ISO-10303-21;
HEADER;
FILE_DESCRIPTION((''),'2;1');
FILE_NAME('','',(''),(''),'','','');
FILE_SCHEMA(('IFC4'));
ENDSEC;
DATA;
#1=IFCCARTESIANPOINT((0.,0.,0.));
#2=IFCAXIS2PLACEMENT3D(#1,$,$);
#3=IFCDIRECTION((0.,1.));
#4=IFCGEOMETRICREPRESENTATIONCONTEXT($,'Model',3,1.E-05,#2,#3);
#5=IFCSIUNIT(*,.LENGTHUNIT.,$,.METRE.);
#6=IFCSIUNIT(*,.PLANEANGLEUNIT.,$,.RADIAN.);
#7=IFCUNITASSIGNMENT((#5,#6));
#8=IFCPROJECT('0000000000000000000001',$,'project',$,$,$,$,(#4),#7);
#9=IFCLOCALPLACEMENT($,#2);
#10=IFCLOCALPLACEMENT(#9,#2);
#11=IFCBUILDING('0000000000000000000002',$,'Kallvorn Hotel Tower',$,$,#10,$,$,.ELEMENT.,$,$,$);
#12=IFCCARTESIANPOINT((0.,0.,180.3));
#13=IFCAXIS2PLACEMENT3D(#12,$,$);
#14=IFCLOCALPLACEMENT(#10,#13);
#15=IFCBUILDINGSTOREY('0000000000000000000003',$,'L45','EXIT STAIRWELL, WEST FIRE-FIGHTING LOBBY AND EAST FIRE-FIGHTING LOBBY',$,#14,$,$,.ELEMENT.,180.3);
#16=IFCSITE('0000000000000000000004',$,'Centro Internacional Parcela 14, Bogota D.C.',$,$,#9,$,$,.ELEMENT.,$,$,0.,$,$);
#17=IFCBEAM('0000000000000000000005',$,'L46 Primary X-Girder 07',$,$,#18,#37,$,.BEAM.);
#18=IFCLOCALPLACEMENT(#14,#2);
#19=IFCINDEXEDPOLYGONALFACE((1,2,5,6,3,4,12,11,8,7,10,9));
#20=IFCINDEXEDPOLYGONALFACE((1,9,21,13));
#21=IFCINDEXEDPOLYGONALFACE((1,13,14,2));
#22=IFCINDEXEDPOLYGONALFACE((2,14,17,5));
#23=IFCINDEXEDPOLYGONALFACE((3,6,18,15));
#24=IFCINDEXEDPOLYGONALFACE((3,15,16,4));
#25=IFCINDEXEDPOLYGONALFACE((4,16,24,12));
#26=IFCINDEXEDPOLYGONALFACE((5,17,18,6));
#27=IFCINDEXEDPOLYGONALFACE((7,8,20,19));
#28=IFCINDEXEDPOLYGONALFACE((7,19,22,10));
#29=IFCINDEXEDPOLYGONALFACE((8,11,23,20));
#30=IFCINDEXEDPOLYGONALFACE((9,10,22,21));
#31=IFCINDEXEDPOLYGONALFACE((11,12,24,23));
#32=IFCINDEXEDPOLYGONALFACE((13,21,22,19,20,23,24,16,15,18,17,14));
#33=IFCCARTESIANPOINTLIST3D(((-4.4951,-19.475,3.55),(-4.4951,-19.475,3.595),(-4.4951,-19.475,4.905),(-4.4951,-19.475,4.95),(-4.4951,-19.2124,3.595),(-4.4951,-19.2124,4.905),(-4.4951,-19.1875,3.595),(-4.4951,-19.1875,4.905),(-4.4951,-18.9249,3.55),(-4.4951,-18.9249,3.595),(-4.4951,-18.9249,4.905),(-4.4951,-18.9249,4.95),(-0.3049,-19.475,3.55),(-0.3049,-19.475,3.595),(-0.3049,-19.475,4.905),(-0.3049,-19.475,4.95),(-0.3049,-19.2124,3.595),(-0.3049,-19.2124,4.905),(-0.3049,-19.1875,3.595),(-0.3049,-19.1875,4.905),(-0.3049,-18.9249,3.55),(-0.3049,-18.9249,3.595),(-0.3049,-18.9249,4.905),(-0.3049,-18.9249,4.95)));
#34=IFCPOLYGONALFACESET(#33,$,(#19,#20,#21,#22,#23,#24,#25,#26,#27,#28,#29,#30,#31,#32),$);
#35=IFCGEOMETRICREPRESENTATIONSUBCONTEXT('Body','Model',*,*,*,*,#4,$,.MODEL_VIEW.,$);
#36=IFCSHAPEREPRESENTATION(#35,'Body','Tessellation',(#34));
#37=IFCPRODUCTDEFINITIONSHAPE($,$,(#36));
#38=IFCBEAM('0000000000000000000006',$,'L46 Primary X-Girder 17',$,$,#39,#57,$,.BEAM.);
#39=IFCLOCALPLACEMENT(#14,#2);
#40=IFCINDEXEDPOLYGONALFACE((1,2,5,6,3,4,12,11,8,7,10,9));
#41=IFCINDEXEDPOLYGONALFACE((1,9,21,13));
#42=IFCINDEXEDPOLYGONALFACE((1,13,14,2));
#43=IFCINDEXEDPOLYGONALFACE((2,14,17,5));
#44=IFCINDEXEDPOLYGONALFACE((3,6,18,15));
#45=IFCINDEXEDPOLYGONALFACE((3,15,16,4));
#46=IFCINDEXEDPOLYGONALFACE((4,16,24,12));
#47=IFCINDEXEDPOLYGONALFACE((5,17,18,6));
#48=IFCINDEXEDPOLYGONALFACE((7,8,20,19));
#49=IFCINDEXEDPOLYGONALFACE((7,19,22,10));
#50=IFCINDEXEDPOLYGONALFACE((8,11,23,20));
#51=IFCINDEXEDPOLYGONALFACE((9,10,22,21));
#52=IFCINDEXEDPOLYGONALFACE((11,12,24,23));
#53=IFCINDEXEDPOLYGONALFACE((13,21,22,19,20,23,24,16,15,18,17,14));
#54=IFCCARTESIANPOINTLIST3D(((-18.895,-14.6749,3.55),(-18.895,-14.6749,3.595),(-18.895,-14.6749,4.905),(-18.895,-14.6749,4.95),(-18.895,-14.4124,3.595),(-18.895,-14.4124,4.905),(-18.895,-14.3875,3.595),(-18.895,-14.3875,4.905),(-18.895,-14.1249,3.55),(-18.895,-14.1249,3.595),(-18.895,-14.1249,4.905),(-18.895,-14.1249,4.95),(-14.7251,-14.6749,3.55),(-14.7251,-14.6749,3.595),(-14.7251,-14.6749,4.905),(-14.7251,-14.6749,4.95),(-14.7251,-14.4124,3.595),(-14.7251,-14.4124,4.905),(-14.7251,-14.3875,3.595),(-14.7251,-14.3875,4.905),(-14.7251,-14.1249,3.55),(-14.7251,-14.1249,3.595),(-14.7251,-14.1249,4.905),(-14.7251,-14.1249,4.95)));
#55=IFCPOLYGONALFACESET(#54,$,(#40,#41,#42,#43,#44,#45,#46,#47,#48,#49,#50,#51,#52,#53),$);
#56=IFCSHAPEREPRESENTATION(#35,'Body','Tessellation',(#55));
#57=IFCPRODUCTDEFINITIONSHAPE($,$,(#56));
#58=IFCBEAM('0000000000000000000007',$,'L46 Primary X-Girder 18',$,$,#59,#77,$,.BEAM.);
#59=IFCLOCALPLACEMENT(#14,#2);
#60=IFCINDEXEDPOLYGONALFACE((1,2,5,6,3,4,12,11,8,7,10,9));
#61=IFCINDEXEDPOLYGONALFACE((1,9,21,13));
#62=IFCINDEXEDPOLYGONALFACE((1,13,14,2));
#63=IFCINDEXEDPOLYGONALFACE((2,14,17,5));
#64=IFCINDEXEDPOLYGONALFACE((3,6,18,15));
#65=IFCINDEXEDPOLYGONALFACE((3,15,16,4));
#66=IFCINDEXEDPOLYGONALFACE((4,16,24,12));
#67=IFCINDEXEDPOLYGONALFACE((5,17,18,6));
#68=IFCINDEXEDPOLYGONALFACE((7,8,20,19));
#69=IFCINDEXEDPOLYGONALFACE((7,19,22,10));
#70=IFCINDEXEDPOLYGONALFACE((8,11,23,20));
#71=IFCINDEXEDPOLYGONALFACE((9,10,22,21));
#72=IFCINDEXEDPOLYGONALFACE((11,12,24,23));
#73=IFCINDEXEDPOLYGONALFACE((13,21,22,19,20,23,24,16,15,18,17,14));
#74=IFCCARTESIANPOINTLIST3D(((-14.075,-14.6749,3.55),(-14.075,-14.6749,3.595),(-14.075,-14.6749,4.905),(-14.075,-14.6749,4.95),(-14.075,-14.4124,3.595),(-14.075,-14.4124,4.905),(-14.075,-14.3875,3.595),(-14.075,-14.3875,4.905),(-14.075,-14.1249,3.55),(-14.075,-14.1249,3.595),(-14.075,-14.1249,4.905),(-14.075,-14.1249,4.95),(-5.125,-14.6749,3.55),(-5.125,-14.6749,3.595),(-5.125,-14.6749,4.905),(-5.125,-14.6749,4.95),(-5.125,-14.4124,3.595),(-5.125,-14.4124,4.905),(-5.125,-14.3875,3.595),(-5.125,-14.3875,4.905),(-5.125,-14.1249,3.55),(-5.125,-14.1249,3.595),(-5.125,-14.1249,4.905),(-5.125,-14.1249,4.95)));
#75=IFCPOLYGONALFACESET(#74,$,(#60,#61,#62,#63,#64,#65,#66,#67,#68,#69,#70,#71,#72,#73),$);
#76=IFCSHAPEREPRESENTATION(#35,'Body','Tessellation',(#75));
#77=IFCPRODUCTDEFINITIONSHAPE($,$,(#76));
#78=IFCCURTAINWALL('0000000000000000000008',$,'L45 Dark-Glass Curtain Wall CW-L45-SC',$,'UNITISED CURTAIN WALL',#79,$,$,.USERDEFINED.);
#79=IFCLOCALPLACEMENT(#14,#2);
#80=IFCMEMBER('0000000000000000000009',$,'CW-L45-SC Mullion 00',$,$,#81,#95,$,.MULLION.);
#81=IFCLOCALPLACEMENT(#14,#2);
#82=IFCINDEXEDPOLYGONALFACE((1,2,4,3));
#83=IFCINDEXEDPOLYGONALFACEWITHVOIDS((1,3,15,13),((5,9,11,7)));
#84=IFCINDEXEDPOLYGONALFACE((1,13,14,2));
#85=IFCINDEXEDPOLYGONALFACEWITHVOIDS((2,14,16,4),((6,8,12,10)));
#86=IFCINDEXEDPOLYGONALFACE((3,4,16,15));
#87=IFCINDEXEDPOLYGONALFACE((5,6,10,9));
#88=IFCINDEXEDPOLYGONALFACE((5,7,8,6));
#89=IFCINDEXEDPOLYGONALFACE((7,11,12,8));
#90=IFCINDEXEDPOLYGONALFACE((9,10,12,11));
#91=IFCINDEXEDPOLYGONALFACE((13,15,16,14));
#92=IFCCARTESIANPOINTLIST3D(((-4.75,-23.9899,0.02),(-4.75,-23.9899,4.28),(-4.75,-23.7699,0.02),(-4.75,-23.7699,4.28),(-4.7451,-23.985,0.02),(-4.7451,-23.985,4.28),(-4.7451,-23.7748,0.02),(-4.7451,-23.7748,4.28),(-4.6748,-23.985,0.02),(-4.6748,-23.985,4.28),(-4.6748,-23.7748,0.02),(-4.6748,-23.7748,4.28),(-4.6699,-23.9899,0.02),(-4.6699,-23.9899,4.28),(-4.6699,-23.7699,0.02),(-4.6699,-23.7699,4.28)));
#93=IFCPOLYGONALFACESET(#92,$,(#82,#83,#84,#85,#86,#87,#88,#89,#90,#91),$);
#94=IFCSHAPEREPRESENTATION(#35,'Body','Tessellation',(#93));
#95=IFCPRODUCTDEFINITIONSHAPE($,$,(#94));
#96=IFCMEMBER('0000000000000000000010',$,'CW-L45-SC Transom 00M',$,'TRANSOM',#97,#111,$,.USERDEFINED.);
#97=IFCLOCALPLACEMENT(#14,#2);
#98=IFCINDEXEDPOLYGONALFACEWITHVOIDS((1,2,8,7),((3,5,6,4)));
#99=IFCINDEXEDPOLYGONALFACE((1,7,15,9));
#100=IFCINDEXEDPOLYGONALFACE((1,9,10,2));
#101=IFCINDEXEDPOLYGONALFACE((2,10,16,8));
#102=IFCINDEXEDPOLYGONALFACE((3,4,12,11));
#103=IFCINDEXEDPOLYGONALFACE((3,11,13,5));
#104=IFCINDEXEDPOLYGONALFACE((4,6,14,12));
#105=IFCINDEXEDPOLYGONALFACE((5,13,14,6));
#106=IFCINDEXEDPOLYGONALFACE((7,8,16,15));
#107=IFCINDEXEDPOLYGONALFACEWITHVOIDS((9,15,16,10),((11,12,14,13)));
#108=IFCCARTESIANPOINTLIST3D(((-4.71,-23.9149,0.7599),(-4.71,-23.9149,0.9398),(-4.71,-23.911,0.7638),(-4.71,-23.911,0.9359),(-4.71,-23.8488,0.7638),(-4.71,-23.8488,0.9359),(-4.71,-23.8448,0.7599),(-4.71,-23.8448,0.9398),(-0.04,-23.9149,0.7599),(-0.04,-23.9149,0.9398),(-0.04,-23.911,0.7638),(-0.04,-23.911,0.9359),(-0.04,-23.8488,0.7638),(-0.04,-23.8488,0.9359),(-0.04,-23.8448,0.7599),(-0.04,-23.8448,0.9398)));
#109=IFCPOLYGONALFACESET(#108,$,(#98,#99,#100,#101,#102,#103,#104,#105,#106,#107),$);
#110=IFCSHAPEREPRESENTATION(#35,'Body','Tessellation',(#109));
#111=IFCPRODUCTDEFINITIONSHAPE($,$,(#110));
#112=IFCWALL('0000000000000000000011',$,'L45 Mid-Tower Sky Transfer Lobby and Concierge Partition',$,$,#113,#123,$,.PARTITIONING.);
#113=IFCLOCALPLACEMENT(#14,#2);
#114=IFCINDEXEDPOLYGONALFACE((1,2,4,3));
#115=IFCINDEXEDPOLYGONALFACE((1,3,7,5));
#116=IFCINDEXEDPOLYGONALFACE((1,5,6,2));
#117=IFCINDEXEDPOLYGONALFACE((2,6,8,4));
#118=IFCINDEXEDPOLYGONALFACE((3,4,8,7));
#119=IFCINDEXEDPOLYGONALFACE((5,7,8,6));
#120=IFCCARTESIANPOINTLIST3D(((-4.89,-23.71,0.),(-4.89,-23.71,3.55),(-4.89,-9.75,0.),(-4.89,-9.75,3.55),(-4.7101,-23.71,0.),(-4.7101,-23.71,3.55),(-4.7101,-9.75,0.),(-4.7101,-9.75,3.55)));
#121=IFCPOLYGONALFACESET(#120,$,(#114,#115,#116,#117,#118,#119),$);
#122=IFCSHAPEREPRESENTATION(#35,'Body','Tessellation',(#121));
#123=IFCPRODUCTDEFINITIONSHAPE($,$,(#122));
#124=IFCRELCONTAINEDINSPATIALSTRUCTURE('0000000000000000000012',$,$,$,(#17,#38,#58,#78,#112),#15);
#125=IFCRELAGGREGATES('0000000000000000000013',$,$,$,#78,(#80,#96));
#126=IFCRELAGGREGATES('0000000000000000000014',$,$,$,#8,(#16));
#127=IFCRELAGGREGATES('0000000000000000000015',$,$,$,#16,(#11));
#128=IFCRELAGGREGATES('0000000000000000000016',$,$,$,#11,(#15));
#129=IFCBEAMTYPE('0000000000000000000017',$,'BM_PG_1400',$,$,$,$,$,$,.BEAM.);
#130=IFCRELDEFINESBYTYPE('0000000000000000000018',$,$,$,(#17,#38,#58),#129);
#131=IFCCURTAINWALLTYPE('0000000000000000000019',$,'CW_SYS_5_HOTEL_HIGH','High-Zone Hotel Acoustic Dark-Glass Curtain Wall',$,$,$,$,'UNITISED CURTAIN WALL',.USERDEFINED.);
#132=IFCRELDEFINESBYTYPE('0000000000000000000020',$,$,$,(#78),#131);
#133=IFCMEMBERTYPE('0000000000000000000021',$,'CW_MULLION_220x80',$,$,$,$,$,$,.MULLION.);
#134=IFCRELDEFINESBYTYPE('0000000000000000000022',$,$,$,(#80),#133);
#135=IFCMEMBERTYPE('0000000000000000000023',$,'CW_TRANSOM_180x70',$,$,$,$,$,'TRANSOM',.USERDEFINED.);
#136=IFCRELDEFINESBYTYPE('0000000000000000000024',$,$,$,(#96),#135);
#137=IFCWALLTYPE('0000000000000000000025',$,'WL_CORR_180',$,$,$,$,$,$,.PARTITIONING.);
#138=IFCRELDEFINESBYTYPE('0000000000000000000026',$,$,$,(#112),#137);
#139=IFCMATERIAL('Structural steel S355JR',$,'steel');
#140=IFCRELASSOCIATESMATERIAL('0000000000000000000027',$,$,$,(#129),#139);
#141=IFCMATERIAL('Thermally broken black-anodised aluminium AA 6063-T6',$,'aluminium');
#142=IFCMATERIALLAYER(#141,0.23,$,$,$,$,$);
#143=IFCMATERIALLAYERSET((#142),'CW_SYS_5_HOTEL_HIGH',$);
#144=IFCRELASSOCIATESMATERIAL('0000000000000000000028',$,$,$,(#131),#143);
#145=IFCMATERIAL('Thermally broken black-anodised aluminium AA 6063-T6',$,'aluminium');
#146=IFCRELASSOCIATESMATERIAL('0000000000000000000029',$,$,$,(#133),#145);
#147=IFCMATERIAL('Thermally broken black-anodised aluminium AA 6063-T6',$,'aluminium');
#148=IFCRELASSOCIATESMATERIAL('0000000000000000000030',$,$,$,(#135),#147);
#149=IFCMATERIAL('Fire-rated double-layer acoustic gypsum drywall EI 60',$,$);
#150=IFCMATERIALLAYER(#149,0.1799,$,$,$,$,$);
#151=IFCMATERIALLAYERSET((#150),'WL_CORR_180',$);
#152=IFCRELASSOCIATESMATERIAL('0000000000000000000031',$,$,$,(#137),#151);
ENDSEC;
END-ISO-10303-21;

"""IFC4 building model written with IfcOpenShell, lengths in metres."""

from ifc_helpers import new_model, si_unit, direction, frame, frame_2d, origin, origin_2d, place, context, subcontext, project, spatial, rectangle, hollow_rectangle, i_section, extrude, material, layer, layer_set, material_profile, profile_set, type_object, element, aggregate, save


model = new_model("IFC4")

# Units and contexts
model_context = context("Model", 3, precision=1e-05, world=origin(), true_north=direction((0.0, 1.0)))
body_context = subcontext(model_context, "Body", "Model", "MODEL_VIEW")
ifc_project = project(units=[si_unit("LENGTHUNIT", "METRE"), si_unit("PLANEANGLEUNIT", "RADIAN")], contexts=[model_context])

# Site, building, storey
site_placement = place(None, origin())
site = spatial("IfcSite", under=ifc_project, at=site_placement, Name="Centro Internacional Parcela 14, Bogota D.C.", CompositionType="ELEMENT", RefElevation=0.0)
building_placement = place(site_placement, origin())
building = spatial("IfcBuilding", under=site, at=building_placement, Name="Kallvorn Hotel Tower", CompositionType="ELEMENT")
storey_placement = place(building_placement, frame((0.0, 0.0, 180.3)))
storey = spatial("IfcBuildingStorey", under=building, at=storey_placement, Name="L45", Description="EXIT STAIRWELL, WEST FIRE-FIGHTING LOBBY AND EAST FIRE-FIGHTING LOBBY", CompositionType="ELEMENT", Elevation=180.3)

# Beams
ifc_material_1 = material(Name="Structural steel S355JR", Category="steel")
ifc_material_profile_1 = material_profile(ifc_material_1, i_section(OverallWidth=0.55, OverallDepth=1.3999, WebThickness=0.0249, FlangeThickness=0.0449, at=origin_2d()), Name="PG 1400x550x25x45")
ifc_profile_set_1 = profile_set([ifc_material_profile_1], Name="Structural steel S355JR")
beam_type_1 = type_object("IfcBeamType", Name="BM_PG_1400", PredefinedType="BEAM", material=ifc_profile_set_1)
beam_1_placement = place(storey_placement, frame((-4.4951, -19.2, 4.25), z_axis=(1.0, 0.0, 0.0), x_axis=(0.0, 1.0, 0.0)))
element("IfcBeam", 1, at=beam_1_placement, inside=storey, type_object=beam_type_1, Name="L46 Primary X-Girder 07", PredefinedType="BEAM", context=body_context, shape_type="SweptSolid", body=[
    extrude(i_section(OverallWidth=0.55, OverallDepth=1.3999, WebThickness=0.0249, FlangeThickness=0.0449, at=origin_2d()), origin(), (0.0, 0.0, 1.0), 4.1902),
])
beam_2_placement = place(storey_placement, frame((-18.895, -14.3999, 4.25), z_axis=(1.0, 0.0, 0.0), x_axis=(0.0, 1.0, 0.0)))
element("IfcBeam", 2, at=beam_2_placement, inside=storey, type_object=beam_type_1, Name="L46 Primary X-Girder 17", PredefinedType="BEAM", context=body_context, shape_type="SweptSolid", body=[
    extrude(i_section(OverallWidth=0.55, OverallDepth=1.3999, WebThickness=0.0249, FlangeThickness=0.0449, at=origin_2d()), origin(), (0.0, 0.0, 1.0), 4.1699),
])
beam_3_placement = place(storey_placement, frame((-14.075, -14.3999, 4.25), z_axis=(1.0, 0.0, 0.0), x_axis=(0.0, 1.0, 0.0)))
element("IfcBeam", 3, at=beam_3_placement, inside=storey, type_object=beam_type_1, Name="L46 Primary X-Girder 18", PredefinedType="BEAM", context=body_context, shape_type="SweptSolid", body=[
    extrude(i_section(OverallWidth=0.55, OverallDepth=1.3999, WebThickness=0.0249, FlangeThickness=0.0449, at=origin_2d()), origin(), (0.0, 0.0, 1.0), 8.95),
])

# Curtain wall, members
ifc_material_2 = material(Name="Thermally broken black-anodised aluminium AA 6063-T6", Category="aluminium")
ifc_layer_1 = layer(ifc_material_2, 0.23)
ifc_layer_set_1 = layer_set([ifc_layer_1], Name="CW_SYS_5_HOTEL_HIGH")
curtain_wall_type = type_object("IfcCurtainWallType", Name="CW_SYS_5_HOTEL_HIGH", Description="High-Zone Hotel Acoustic Dark-Glass Curtain Wall", ElementType="UNITISED CURTAIN WALL", PredefinedType="USERDEFINED", material=ifc_layer_set_1)
curtain_wall_placement = place(storey_placement, origin())
curtain_wall = element("IfcCurtainWall", 4, at=curtain_wall_placement, inside=storey, type_object=curtain_wall_type, Name="L45 Dark-Glass Curtain Wall CW-L45-SC", ObjectType="UNITISED CURTAIN WALL", PredefinedType="USERDEFINED")
ifc_material_3 = material(Name="Thermally broken black-anodised aluminium AA 6063-T6", Category="aluminium")
ifc_material_profile_2 = material_profile(ifc_material_3, hollow_rectangle(XDim=0.0801, YDim=0.22, WallThickness=0.0049, at=origin_2d()), Name="MUL 220x80")
ifc_profile_set_2 = profile_set([ifc_material_profile_2], Name="Thermally broken black-anodised aluminium AA 6063-T6")
member_type_1 = type_object("IfcMemberType", Name="CW_MULLION_220x80", PredefinedType="MULLION", material=ifc_profile_set_2)
member_1_placement = place(storey_placement, frame((-4.71, -23.8799, 0.02), z_axis=(0.0, 0.0, 1.0), x_axis=(1.0, 0.0, 0.0)))
member_1 = element("IfcMember", 5, at=member_1_placement, type_object=member_type_1, Name="CW-L45-SC Mullion 00", PredefinedType="MULLION", context=body_context, shape_type="SweptSolid", body=[
    extrude(hollow_rectangle(XDim=0.0801, YDim=0.22, WallThickness=0.0049, at=origin_2d()), origin(), (0.0, 0.0, 1.0), 4.26),
])
ifc_material_4 = material(Name="Thermally broken black-anodised aluminium AA 6063-T6", Category="aluminium")
ifc_material_profile_3 = material_profile(ifc_material_4, hollow_rectangle(XDim=0.0701, YDim=0.1799, WallThickness=0.0039, at=origin_2d()), Name="TRN 180x70")
ifc_profile_set_3 = profile_set([ifc_material_profile_3], Name="Thermally broken black-anodised aluminium AA 6063-T6")
member_type_2 = type_object("IfcMemberType", Name="CW_TRANSOM_180x70", ElementType="TRANSOM", PredefinedType="USERDEFINED", material=ifc_profile_set_3)
member_2_placement = place(storey_placement, frame((-4.71, -23.8799, 0.8499), z_axis=(1.0, 0.0, 0.0), x_axis=(0.0, 1.0, 0.0)))
member_2 = element("IfcMember", 6, at=member_2_placement, type_object=member_type_2, Name="CW-L45-SC Transom 00M", ObjectType="TRANSOM", PredefinedType="USERDEFINED", context=body_context, shape_type="SweptSolid", body=[
    extrude(hollow_rectangle(XDim=0.0701, YDim=0.1799, WallThickness=0.0039, at=origin_2d()), origin(), (0.0, 0.0, 1.0), 4.6699),
])
aggregate(curtain_wall, [member_1, member_2])

# Wall
ifc_material_5 = material(Name="Fire-rated double-layer acoustic gypsum drywall EI 60")
ifc_layer_2 = layer(ifc_material_5, 0.1799)
ifc_layer_set_2 = layer_set([ifc_layer_2], Name="WL_CORR_180")
wall_type = type_object("IfcWallType", Name="WL_CORR_180", PredefinedType="PARTITIONING", material=ifc_layer_set_2)
wall_placement = place(storey_placement, frame((-4.8, -23.71, 0.0), z_axis=(0.0, 0.0, 1.0), x_axis=(0.0, 1.0, 0.0)))
element("IfcWall", 7, at=wall_placement, inside=storey, type_object=wall_type, Name="L45 Mid-Tower Sky Transfer Lobby and Concierge Partition", PredefinedType="PARTITIONING", context=body_context, shape_type="SweptSolid", body=[
    extrude(rectangle(XDim=13.96, YDim=0.1799, at=frame_2d((6.98, 0.0))), origin(), (0.0, 0.0, 1.0), 3.55),
])

save(model, "model.ifc")
